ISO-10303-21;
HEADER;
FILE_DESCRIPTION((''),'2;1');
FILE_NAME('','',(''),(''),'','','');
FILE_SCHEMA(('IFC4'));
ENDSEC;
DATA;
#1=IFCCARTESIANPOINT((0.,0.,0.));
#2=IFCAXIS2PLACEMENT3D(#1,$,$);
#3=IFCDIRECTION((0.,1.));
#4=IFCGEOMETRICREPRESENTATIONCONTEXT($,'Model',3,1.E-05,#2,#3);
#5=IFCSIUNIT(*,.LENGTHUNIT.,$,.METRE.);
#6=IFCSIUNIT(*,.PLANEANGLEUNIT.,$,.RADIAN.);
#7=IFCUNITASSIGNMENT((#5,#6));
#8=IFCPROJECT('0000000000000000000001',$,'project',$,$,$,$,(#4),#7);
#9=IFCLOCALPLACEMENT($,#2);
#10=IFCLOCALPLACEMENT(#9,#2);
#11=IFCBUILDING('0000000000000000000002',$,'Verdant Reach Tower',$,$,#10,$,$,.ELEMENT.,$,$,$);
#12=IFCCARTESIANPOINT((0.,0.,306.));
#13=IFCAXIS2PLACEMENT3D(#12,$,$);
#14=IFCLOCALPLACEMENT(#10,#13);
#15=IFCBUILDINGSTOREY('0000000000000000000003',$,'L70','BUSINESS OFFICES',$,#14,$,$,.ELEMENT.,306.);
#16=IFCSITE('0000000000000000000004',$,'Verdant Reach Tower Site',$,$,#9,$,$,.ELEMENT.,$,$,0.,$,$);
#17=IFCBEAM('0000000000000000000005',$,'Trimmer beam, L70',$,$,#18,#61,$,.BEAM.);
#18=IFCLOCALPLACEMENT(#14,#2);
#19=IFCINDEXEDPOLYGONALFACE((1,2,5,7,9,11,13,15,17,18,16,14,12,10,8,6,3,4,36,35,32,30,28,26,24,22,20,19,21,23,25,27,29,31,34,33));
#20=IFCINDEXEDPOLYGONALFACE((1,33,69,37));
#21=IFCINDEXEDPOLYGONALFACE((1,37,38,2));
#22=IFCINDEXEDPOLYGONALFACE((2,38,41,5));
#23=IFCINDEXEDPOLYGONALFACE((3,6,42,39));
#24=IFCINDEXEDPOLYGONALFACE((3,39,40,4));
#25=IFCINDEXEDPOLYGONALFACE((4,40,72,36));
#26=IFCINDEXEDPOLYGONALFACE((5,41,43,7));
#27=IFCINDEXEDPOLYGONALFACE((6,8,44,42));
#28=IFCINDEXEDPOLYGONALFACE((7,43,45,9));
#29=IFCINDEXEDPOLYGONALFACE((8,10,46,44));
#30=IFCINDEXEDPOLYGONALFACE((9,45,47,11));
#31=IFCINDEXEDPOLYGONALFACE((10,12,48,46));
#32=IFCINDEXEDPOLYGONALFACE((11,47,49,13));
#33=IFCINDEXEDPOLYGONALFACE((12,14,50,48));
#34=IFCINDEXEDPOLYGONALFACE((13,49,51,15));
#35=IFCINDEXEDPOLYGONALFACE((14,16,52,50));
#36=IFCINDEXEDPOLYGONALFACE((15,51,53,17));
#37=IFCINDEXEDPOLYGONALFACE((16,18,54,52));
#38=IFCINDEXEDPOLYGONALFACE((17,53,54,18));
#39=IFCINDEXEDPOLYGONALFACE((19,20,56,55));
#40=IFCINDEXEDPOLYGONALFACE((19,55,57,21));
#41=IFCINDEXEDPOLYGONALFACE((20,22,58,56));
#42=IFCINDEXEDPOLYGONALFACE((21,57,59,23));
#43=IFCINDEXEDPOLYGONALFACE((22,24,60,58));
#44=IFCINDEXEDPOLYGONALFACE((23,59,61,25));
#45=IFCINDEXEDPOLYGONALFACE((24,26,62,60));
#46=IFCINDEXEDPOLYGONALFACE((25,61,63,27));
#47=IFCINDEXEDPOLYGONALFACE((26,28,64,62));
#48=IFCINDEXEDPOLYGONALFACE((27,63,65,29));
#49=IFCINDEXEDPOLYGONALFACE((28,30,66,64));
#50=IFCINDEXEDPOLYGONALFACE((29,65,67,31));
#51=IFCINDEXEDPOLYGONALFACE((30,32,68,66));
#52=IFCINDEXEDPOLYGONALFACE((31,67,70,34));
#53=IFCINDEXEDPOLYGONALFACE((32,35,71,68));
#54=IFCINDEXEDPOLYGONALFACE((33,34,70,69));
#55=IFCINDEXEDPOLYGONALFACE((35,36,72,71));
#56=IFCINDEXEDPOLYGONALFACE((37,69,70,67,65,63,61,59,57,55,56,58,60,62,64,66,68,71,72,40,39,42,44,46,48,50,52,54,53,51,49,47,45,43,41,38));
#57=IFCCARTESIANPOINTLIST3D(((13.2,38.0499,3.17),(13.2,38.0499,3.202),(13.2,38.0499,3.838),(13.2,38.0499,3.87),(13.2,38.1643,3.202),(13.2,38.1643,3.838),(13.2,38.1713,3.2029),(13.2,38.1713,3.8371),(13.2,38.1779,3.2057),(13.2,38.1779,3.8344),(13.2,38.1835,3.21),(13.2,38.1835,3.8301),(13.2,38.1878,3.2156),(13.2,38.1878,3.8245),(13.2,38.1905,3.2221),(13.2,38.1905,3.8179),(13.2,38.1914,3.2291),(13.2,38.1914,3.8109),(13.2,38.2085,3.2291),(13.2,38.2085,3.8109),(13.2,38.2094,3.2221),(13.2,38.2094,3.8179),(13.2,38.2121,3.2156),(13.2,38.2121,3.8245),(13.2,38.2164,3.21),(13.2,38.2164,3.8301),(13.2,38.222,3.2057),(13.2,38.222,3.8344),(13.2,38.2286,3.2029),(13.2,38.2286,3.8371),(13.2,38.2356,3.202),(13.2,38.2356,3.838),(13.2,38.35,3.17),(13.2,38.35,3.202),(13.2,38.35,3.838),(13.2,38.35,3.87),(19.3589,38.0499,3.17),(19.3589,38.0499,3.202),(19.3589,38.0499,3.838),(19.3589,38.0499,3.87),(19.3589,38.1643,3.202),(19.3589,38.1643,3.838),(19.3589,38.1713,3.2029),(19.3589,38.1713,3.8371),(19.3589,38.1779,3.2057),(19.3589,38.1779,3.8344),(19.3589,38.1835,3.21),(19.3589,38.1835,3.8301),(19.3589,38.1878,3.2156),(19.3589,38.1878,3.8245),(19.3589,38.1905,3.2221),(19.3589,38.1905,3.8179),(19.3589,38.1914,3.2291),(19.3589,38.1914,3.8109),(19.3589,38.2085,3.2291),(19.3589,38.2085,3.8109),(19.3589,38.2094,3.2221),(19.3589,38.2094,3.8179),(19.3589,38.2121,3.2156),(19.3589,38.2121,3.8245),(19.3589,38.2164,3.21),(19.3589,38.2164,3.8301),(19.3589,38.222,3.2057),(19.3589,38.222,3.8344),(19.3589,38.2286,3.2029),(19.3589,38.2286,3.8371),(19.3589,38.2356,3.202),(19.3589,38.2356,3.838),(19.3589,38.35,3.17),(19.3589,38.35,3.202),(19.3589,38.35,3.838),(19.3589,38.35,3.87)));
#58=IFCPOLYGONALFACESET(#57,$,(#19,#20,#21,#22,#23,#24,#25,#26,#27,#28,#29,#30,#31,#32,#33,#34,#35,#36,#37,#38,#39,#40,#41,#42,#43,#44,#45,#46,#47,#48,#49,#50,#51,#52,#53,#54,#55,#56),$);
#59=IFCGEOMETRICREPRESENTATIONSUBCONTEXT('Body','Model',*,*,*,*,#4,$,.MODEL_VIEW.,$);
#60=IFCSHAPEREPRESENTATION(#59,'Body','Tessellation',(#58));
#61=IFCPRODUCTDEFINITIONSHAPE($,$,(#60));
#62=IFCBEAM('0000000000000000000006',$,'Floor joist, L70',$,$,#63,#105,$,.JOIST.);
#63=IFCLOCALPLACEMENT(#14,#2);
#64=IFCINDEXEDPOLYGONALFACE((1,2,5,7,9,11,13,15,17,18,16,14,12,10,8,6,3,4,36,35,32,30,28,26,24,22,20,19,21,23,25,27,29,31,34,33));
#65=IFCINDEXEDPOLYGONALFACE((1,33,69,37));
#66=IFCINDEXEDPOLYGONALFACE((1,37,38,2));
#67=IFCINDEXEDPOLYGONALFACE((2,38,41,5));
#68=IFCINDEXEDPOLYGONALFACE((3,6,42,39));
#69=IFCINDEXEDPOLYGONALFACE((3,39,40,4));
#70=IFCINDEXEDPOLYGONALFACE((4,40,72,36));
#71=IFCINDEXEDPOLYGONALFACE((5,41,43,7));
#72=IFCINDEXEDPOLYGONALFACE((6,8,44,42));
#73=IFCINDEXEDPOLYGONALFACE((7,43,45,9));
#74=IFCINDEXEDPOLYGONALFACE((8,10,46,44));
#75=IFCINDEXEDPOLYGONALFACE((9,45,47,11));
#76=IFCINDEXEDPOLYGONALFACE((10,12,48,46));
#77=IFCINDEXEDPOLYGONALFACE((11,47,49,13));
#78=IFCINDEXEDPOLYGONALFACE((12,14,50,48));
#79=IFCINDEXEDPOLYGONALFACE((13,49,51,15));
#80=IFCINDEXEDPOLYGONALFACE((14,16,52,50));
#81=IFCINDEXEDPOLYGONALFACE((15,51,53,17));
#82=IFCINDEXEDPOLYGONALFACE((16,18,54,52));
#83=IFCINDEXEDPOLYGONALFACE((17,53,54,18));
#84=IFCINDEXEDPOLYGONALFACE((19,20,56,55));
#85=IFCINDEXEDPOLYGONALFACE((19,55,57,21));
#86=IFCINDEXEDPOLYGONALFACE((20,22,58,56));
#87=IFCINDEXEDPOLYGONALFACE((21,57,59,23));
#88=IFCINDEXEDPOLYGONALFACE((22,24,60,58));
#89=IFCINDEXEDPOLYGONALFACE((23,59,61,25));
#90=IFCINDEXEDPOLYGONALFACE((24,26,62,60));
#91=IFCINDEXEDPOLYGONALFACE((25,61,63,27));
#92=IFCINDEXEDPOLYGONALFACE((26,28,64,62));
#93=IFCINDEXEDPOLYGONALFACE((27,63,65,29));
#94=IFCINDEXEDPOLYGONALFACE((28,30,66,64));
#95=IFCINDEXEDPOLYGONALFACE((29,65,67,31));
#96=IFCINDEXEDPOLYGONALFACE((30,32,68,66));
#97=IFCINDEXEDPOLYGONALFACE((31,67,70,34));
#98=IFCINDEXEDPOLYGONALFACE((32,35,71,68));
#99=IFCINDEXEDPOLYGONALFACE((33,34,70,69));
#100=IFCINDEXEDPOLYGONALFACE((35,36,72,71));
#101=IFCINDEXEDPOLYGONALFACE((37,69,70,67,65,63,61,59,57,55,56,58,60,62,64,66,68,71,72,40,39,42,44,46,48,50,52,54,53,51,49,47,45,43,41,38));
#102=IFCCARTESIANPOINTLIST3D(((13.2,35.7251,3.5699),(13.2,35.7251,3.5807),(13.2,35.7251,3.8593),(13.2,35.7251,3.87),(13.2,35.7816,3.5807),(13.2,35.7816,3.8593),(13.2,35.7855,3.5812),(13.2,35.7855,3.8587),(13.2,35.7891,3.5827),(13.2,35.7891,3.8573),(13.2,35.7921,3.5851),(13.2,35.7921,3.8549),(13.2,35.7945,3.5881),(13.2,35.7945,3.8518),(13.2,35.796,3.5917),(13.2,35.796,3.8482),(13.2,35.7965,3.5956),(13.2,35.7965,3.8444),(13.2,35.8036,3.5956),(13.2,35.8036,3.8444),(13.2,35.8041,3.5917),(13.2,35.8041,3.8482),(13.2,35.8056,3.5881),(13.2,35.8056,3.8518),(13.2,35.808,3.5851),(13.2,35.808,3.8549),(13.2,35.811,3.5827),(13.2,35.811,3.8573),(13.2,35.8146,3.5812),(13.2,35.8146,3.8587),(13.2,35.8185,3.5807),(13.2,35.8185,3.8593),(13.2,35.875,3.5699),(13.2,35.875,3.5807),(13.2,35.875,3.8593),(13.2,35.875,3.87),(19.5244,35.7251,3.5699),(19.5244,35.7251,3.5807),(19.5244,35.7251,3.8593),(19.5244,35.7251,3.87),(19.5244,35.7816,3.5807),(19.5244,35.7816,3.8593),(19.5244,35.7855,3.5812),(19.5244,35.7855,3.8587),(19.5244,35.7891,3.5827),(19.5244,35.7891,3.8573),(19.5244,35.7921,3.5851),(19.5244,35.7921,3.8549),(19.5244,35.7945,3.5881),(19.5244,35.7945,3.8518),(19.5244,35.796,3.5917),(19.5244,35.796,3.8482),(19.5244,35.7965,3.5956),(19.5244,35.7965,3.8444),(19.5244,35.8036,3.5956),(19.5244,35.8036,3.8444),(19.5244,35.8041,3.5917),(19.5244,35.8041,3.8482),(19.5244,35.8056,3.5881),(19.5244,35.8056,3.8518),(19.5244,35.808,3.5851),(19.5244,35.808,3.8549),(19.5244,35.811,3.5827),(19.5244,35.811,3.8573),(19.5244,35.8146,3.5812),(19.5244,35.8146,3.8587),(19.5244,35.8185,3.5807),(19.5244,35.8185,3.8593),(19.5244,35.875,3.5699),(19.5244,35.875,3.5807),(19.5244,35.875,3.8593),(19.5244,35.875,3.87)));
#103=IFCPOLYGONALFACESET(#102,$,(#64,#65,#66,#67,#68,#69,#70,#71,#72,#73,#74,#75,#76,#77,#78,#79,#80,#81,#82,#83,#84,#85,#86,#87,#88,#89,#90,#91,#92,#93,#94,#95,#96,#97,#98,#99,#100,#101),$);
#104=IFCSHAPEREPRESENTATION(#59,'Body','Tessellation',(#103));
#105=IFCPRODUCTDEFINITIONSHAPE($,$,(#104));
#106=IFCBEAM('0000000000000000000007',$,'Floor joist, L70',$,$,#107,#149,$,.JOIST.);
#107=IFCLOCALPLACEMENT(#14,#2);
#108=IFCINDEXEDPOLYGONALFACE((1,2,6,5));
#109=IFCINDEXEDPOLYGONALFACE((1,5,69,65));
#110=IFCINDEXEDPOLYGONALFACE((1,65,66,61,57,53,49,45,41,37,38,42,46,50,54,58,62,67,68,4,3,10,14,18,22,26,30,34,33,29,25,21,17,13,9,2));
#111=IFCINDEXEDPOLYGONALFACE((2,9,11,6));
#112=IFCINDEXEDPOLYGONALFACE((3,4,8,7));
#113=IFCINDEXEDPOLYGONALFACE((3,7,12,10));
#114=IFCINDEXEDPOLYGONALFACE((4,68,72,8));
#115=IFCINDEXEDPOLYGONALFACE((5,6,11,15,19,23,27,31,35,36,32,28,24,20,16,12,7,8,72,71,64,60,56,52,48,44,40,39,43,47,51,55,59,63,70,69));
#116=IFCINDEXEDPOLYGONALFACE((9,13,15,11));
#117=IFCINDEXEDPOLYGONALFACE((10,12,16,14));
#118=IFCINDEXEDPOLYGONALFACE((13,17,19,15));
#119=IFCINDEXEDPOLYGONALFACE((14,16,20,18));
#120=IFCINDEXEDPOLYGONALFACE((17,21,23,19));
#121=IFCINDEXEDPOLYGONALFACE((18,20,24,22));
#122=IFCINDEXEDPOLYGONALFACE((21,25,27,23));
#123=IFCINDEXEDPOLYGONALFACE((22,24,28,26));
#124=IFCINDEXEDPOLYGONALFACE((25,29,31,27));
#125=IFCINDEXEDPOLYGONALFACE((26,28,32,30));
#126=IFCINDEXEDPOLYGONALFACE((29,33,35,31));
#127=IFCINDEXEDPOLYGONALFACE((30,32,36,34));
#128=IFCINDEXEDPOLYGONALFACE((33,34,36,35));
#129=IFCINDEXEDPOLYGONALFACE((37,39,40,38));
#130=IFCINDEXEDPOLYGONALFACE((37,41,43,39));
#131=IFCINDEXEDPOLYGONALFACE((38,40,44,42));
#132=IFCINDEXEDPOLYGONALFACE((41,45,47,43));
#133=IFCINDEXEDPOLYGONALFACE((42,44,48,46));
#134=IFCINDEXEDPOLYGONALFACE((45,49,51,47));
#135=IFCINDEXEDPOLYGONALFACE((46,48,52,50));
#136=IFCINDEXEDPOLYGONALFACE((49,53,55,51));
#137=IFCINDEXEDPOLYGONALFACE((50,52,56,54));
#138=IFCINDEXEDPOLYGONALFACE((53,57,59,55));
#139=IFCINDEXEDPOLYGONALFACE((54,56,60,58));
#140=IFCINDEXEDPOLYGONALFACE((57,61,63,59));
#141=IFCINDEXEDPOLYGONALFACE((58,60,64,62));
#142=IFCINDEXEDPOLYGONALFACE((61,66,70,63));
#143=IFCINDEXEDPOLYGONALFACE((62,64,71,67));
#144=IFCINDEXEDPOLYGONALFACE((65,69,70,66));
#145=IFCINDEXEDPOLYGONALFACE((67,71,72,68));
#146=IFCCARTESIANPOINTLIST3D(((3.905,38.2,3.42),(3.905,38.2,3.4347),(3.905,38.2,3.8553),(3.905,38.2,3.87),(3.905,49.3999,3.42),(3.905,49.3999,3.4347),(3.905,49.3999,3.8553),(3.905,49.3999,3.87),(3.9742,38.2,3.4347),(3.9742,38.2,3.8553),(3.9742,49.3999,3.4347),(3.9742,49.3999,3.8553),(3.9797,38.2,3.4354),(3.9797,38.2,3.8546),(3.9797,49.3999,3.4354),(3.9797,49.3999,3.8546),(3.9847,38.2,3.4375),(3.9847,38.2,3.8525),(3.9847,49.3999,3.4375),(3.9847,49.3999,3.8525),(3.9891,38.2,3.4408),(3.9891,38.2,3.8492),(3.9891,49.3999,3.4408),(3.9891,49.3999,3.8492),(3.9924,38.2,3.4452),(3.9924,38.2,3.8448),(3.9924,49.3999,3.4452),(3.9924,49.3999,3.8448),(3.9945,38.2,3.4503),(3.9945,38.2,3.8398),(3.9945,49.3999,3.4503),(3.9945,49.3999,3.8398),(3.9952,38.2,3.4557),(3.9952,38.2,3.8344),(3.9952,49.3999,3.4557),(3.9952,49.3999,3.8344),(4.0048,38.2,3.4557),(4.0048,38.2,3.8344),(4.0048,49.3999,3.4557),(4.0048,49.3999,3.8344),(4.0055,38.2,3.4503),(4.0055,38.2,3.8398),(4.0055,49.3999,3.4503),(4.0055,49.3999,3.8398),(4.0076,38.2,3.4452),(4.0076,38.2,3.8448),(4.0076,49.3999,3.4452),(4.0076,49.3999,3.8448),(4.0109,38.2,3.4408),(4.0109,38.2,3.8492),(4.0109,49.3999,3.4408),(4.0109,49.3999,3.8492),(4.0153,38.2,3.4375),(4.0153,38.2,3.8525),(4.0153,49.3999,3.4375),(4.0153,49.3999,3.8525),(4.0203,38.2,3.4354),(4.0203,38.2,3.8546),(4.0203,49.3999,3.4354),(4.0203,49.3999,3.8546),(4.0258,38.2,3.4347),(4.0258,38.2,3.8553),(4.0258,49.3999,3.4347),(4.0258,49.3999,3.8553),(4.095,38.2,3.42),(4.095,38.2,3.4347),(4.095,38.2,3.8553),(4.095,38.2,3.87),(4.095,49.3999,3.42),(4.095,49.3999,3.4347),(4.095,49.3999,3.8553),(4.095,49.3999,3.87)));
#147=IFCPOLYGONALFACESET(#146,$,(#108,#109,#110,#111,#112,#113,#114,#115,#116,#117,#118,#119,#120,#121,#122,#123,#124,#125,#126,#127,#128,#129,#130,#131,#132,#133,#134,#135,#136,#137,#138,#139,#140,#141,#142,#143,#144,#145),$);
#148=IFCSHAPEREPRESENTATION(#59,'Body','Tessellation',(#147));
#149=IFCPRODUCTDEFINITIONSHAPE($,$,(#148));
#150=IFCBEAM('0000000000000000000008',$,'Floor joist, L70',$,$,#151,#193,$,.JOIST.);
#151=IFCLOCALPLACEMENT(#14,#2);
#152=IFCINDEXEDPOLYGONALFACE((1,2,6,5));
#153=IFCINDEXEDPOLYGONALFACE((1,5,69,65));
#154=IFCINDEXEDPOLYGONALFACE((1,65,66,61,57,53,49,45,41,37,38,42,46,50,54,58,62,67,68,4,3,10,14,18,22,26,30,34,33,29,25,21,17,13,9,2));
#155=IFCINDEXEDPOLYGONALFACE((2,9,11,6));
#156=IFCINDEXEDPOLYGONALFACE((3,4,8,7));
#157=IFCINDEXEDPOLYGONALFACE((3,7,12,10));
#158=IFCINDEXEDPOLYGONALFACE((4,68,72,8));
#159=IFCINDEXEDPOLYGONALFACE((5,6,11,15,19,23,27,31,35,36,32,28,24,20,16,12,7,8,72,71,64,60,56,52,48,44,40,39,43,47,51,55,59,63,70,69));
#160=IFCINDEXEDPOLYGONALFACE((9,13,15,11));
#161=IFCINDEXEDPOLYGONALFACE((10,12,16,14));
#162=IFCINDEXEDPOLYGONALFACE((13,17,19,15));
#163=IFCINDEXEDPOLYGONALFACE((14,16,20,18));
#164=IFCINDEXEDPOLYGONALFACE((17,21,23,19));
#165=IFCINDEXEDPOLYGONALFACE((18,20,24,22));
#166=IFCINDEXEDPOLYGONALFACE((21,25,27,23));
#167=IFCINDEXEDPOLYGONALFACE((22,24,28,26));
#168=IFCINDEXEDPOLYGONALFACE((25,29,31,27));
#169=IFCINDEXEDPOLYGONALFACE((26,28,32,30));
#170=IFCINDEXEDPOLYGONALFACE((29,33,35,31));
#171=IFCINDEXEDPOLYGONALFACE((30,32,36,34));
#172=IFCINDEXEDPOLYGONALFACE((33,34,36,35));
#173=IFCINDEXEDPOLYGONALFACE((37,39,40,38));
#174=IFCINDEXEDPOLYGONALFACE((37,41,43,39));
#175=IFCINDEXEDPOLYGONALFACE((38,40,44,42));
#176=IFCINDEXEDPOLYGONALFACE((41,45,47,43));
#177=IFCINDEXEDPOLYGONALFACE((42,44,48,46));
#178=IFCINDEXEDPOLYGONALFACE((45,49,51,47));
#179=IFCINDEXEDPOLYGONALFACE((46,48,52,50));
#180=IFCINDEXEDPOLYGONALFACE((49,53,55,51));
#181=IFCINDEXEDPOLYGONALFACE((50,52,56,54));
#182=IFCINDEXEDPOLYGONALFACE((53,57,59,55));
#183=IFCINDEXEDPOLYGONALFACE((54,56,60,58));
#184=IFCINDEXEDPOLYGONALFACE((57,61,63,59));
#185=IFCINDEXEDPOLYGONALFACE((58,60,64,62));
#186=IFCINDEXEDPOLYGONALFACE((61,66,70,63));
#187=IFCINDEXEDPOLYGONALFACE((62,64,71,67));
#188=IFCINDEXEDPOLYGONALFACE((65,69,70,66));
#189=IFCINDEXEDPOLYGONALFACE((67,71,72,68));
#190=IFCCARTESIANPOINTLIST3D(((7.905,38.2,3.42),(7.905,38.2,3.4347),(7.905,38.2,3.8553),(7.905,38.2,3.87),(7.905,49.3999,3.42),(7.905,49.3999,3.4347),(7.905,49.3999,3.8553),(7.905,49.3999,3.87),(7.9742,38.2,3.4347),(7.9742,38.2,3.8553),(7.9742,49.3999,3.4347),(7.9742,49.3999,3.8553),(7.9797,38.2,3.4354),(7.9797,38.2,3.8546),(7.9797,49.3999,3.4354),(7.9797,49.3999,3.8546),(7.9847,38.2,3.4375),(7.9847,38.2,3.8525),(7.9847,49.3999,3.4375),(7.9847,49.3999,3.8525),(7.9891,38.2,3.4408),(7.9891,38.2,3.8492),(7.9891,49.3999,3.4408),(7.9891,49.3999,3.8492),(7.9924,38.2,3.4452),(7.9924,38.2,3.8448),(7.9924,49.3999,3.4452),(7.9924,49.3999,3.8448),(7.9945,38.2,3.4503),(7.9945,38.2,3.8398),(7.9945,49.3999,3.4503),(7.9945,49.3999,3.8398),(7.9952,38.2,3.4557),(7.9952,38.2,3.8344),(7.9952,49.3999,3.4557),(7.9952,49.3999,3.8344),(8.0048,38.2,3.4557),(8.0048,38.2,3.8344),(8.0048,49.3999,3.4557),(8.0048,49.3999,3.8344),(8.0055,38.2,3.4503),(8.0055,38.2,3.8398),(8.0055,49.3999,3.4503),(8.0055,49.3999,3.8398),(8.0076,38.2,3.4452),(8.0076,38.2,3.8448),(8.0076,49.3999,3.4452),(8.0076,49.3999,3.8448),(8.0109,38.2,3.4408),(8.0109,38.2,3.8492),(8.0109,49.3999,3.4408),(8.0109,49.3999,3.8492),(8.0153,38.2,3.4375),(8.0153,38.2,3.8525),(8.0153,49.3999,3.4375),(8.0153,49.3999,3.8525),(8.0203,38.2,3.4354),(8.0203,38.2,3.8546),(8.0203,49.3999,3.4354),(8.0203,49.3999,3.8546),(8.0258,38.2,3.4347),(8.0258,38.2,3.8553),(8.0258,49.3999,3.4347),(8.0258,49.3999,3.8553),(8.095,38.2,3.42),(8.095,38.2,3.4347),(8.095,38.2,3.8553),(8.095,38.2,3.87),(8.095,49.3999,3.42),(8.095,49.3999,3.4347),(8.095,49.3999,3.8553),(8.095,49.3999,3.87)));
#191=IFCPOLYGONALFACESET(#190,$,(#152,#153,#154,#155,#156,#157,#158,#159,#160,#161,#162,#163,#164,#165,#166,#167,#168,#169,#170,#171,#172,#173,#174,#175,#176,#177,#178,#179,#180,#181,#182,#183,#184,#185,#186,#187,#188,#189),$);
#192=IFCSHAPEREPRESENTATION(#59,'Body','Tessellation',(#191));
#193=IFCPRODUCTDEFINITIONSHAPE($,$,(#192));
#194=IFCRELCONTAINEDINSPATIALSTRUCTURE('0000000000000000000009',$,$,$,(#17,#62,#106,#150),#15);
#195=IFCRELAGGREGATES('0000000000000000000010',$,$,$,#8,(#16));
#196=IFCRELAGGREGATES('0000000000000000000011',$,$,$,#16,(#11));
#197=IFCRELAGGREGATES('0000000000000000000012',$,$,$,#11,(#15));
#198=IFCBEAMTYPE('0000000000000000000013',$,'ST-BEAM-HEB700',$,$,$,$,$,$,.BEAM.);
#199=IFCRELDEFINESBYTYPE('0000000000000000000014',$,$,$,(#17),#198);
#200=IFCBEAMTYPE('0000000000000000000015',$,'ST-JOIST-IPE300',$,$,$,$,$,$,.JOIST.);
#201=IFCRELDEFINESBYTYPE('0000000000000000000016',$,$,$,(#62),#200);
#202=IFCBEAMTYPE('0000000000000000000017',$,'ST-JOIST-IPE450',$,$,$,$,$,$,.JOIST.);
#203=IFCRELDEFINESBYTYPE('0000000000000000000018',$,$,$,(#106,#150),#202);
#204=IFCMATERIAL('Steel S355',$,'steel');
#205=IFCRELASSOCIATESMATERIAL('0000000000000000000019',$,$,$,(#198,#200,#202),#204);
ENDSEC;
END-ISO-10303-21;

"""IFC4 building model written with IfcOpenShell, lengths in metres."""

from ifc_helpers import new_model, si_unit, direction, frame, origin, origin_2d, place, context, subcontext, project, spatial, i_section, extrude, material, material_profile, profile_set, type_object, element, save


model = new_model("IFC4")

# Units and contexts
model_context = context("Model", 3, precision=1e-05, world=origin(), true_north=direction((0.0, 1.0)))
body_context = subcontext(model_context, "Body", "Model", "MODEL_VIEW")
ifc_project = project(units=[si_unit("LENGTHUNIT", "METRE"), si_unit("PLANEANGLEUNIT", "RADIAN")], contexts=[model_context])

# Site, building, storey
site_placement = place(None, origin())
site = spatial("IfcSite", under=ifc_project, at=site_placement, Name="Verdant Reach Tower Site", CompositionType="ELEMENT", RefElevation=0.0)
building_placement = place(site_placement, origin())
building = spatial("IfcBuilding", under=site, at=building_placement, Name="Verdant Reach Tower", CompositionType="ELEMENT")
storey_placement = place(building_placement, frame((0.0, 0.0, 306.0)))
storey = spatial("IfcBuildingStorey", under=building, at=storey_placement, Name="L70", Description="BUSINESS OFFICES", CompositionType="ELEMENT", Elevation=306.0)

# Beams
ifc_material_1 = material(Name="Steel S355", Category="steel")
ifc_material_profile_1 = material_profile(ifc_material_1, i_section(OverallWidth=0.3, OverallDepth=0.7, WebThickness=0.0171, FlangeThickness=0.032, FilletRadius=0.0271, at=origin_2d()), Name="HEB 700")
ifc_profile_set_1 = profile_set([ifc_material_profile_1], Name="Steel S355")
beam_type_1 = type_object("IfcBeamType", Name="ST-BEAM-HEB700", PredefinedType="BEAM", material=ifc_profile_set_1)
beam_1_placement = place(storey_placement, frame((13.2, 38.2, 3.52), z_axis=(1.0, 0.0, 0.0), x_axis=(0.0, 1.0, 0.0)))
element("IfcBeam", 1, at=beam_1_placement, inside=storey, type_object=beam_type_1, Name="Trimmer beam, L70", PredefinedType="BEAM", context=body_context, shape_type="SweptSolid", body=[
    extrude(i_section(OverallWidth=0.3, OverallDepth=0.7, WebThickness=0.0171, FlangeThickness=0.032, FilletRadius=0.0271, at=origin_2d()), origin(), (0.0, 0.0, 1.0), 6.1589),
])
ifc_material_profile_2 = material_profile(ifc_material_1, i_section(OverallWidth=0.1499, OverallDepth=0.3, WebThickness=0.0071, FlangeThickness=0.0107, FilletRadius=0.0149, at=origin_2d()), Name="IPE 300")
ifc_profile_set_2 = profile_set([ifc_material_profile_2], Name="Steel S355")
beam_type_2 = type_object("IfcBeamType", Name="ST-JOIST-IPE300", PredefinedType="JOIST", material=ifc_profile_set_2)
beam_2_placement = place(storey_placement, frame((13.2, 35.8, 3.72), z_axis=(1.0, 0.0, 0.0), x_axis=(0.0, 1.0, 0.0)))
element("IfcBeam", 2, at=beam_2_placement, inside=storey, type_object=beam_type_2, Name="Floor joist, L70", PredefinedType="JOIST", context=body_context, shape_type="SweptSolid", body=[
    extrude(i_section(OverallWidth=0.1499, OverallDepth=0.3, WebThickness=0.0071, FlangeThickness=0.0107, FilletRadius=0.0149, at=origin_2d()), origin(), (0.0, 0.0, 1.0), 6.3245),
])
ifc_material_profile_3 = material_profile(ifc_material_1, i_section(OverallWidth=0.1899, OverallDepth=0.45, WebThickness=0.0095, FlangeThickness=0.0146, FilletRadius=0.021, at=origin_2d()), Name="IPE 450")
ifc_profile_set_3 = profile_set([ifc_material_profile_3], Name="Steel S355")
beam_type_3 = type_object("IfcBeamType", Name="ST-JOIST-IPE450", PredefinedType="JOIST", material=ifc_profile_set_3)
for number, where, z_axis, x_axis, name in (
    (3, (4.0, 38.2, 3.645), (0.0, 1.0, 0.0), (-1.0, 0.0, 0.0), "Floor joist, L70"),
    (4, (8.0, 38.2, 3.645), (0.0, 1.0, 0.0), (-1.0, 0.0, 0.0), "Floor joist, L70"),
):
    element("IfcBeam", number, at=place(storey_placement, frame(where, z_axis=z_axis, x_axis=x_axis)), inside=storey, type_object=beam_type_3, Name=name, PredefinedType="JOIST", context=body_context, shape_type="SweptSolid", body=[
        extrude(i_section(OverallWidth=0.1899, OverallDepth=0.45, WebThickness=0.0095, FlangeThickness=0.0146, FilletRadius=0.021, at=origin_2d()), origin(), (0.0, 0.0, 1.0), 11.2),
    ])

save(model, "model.ifc")
